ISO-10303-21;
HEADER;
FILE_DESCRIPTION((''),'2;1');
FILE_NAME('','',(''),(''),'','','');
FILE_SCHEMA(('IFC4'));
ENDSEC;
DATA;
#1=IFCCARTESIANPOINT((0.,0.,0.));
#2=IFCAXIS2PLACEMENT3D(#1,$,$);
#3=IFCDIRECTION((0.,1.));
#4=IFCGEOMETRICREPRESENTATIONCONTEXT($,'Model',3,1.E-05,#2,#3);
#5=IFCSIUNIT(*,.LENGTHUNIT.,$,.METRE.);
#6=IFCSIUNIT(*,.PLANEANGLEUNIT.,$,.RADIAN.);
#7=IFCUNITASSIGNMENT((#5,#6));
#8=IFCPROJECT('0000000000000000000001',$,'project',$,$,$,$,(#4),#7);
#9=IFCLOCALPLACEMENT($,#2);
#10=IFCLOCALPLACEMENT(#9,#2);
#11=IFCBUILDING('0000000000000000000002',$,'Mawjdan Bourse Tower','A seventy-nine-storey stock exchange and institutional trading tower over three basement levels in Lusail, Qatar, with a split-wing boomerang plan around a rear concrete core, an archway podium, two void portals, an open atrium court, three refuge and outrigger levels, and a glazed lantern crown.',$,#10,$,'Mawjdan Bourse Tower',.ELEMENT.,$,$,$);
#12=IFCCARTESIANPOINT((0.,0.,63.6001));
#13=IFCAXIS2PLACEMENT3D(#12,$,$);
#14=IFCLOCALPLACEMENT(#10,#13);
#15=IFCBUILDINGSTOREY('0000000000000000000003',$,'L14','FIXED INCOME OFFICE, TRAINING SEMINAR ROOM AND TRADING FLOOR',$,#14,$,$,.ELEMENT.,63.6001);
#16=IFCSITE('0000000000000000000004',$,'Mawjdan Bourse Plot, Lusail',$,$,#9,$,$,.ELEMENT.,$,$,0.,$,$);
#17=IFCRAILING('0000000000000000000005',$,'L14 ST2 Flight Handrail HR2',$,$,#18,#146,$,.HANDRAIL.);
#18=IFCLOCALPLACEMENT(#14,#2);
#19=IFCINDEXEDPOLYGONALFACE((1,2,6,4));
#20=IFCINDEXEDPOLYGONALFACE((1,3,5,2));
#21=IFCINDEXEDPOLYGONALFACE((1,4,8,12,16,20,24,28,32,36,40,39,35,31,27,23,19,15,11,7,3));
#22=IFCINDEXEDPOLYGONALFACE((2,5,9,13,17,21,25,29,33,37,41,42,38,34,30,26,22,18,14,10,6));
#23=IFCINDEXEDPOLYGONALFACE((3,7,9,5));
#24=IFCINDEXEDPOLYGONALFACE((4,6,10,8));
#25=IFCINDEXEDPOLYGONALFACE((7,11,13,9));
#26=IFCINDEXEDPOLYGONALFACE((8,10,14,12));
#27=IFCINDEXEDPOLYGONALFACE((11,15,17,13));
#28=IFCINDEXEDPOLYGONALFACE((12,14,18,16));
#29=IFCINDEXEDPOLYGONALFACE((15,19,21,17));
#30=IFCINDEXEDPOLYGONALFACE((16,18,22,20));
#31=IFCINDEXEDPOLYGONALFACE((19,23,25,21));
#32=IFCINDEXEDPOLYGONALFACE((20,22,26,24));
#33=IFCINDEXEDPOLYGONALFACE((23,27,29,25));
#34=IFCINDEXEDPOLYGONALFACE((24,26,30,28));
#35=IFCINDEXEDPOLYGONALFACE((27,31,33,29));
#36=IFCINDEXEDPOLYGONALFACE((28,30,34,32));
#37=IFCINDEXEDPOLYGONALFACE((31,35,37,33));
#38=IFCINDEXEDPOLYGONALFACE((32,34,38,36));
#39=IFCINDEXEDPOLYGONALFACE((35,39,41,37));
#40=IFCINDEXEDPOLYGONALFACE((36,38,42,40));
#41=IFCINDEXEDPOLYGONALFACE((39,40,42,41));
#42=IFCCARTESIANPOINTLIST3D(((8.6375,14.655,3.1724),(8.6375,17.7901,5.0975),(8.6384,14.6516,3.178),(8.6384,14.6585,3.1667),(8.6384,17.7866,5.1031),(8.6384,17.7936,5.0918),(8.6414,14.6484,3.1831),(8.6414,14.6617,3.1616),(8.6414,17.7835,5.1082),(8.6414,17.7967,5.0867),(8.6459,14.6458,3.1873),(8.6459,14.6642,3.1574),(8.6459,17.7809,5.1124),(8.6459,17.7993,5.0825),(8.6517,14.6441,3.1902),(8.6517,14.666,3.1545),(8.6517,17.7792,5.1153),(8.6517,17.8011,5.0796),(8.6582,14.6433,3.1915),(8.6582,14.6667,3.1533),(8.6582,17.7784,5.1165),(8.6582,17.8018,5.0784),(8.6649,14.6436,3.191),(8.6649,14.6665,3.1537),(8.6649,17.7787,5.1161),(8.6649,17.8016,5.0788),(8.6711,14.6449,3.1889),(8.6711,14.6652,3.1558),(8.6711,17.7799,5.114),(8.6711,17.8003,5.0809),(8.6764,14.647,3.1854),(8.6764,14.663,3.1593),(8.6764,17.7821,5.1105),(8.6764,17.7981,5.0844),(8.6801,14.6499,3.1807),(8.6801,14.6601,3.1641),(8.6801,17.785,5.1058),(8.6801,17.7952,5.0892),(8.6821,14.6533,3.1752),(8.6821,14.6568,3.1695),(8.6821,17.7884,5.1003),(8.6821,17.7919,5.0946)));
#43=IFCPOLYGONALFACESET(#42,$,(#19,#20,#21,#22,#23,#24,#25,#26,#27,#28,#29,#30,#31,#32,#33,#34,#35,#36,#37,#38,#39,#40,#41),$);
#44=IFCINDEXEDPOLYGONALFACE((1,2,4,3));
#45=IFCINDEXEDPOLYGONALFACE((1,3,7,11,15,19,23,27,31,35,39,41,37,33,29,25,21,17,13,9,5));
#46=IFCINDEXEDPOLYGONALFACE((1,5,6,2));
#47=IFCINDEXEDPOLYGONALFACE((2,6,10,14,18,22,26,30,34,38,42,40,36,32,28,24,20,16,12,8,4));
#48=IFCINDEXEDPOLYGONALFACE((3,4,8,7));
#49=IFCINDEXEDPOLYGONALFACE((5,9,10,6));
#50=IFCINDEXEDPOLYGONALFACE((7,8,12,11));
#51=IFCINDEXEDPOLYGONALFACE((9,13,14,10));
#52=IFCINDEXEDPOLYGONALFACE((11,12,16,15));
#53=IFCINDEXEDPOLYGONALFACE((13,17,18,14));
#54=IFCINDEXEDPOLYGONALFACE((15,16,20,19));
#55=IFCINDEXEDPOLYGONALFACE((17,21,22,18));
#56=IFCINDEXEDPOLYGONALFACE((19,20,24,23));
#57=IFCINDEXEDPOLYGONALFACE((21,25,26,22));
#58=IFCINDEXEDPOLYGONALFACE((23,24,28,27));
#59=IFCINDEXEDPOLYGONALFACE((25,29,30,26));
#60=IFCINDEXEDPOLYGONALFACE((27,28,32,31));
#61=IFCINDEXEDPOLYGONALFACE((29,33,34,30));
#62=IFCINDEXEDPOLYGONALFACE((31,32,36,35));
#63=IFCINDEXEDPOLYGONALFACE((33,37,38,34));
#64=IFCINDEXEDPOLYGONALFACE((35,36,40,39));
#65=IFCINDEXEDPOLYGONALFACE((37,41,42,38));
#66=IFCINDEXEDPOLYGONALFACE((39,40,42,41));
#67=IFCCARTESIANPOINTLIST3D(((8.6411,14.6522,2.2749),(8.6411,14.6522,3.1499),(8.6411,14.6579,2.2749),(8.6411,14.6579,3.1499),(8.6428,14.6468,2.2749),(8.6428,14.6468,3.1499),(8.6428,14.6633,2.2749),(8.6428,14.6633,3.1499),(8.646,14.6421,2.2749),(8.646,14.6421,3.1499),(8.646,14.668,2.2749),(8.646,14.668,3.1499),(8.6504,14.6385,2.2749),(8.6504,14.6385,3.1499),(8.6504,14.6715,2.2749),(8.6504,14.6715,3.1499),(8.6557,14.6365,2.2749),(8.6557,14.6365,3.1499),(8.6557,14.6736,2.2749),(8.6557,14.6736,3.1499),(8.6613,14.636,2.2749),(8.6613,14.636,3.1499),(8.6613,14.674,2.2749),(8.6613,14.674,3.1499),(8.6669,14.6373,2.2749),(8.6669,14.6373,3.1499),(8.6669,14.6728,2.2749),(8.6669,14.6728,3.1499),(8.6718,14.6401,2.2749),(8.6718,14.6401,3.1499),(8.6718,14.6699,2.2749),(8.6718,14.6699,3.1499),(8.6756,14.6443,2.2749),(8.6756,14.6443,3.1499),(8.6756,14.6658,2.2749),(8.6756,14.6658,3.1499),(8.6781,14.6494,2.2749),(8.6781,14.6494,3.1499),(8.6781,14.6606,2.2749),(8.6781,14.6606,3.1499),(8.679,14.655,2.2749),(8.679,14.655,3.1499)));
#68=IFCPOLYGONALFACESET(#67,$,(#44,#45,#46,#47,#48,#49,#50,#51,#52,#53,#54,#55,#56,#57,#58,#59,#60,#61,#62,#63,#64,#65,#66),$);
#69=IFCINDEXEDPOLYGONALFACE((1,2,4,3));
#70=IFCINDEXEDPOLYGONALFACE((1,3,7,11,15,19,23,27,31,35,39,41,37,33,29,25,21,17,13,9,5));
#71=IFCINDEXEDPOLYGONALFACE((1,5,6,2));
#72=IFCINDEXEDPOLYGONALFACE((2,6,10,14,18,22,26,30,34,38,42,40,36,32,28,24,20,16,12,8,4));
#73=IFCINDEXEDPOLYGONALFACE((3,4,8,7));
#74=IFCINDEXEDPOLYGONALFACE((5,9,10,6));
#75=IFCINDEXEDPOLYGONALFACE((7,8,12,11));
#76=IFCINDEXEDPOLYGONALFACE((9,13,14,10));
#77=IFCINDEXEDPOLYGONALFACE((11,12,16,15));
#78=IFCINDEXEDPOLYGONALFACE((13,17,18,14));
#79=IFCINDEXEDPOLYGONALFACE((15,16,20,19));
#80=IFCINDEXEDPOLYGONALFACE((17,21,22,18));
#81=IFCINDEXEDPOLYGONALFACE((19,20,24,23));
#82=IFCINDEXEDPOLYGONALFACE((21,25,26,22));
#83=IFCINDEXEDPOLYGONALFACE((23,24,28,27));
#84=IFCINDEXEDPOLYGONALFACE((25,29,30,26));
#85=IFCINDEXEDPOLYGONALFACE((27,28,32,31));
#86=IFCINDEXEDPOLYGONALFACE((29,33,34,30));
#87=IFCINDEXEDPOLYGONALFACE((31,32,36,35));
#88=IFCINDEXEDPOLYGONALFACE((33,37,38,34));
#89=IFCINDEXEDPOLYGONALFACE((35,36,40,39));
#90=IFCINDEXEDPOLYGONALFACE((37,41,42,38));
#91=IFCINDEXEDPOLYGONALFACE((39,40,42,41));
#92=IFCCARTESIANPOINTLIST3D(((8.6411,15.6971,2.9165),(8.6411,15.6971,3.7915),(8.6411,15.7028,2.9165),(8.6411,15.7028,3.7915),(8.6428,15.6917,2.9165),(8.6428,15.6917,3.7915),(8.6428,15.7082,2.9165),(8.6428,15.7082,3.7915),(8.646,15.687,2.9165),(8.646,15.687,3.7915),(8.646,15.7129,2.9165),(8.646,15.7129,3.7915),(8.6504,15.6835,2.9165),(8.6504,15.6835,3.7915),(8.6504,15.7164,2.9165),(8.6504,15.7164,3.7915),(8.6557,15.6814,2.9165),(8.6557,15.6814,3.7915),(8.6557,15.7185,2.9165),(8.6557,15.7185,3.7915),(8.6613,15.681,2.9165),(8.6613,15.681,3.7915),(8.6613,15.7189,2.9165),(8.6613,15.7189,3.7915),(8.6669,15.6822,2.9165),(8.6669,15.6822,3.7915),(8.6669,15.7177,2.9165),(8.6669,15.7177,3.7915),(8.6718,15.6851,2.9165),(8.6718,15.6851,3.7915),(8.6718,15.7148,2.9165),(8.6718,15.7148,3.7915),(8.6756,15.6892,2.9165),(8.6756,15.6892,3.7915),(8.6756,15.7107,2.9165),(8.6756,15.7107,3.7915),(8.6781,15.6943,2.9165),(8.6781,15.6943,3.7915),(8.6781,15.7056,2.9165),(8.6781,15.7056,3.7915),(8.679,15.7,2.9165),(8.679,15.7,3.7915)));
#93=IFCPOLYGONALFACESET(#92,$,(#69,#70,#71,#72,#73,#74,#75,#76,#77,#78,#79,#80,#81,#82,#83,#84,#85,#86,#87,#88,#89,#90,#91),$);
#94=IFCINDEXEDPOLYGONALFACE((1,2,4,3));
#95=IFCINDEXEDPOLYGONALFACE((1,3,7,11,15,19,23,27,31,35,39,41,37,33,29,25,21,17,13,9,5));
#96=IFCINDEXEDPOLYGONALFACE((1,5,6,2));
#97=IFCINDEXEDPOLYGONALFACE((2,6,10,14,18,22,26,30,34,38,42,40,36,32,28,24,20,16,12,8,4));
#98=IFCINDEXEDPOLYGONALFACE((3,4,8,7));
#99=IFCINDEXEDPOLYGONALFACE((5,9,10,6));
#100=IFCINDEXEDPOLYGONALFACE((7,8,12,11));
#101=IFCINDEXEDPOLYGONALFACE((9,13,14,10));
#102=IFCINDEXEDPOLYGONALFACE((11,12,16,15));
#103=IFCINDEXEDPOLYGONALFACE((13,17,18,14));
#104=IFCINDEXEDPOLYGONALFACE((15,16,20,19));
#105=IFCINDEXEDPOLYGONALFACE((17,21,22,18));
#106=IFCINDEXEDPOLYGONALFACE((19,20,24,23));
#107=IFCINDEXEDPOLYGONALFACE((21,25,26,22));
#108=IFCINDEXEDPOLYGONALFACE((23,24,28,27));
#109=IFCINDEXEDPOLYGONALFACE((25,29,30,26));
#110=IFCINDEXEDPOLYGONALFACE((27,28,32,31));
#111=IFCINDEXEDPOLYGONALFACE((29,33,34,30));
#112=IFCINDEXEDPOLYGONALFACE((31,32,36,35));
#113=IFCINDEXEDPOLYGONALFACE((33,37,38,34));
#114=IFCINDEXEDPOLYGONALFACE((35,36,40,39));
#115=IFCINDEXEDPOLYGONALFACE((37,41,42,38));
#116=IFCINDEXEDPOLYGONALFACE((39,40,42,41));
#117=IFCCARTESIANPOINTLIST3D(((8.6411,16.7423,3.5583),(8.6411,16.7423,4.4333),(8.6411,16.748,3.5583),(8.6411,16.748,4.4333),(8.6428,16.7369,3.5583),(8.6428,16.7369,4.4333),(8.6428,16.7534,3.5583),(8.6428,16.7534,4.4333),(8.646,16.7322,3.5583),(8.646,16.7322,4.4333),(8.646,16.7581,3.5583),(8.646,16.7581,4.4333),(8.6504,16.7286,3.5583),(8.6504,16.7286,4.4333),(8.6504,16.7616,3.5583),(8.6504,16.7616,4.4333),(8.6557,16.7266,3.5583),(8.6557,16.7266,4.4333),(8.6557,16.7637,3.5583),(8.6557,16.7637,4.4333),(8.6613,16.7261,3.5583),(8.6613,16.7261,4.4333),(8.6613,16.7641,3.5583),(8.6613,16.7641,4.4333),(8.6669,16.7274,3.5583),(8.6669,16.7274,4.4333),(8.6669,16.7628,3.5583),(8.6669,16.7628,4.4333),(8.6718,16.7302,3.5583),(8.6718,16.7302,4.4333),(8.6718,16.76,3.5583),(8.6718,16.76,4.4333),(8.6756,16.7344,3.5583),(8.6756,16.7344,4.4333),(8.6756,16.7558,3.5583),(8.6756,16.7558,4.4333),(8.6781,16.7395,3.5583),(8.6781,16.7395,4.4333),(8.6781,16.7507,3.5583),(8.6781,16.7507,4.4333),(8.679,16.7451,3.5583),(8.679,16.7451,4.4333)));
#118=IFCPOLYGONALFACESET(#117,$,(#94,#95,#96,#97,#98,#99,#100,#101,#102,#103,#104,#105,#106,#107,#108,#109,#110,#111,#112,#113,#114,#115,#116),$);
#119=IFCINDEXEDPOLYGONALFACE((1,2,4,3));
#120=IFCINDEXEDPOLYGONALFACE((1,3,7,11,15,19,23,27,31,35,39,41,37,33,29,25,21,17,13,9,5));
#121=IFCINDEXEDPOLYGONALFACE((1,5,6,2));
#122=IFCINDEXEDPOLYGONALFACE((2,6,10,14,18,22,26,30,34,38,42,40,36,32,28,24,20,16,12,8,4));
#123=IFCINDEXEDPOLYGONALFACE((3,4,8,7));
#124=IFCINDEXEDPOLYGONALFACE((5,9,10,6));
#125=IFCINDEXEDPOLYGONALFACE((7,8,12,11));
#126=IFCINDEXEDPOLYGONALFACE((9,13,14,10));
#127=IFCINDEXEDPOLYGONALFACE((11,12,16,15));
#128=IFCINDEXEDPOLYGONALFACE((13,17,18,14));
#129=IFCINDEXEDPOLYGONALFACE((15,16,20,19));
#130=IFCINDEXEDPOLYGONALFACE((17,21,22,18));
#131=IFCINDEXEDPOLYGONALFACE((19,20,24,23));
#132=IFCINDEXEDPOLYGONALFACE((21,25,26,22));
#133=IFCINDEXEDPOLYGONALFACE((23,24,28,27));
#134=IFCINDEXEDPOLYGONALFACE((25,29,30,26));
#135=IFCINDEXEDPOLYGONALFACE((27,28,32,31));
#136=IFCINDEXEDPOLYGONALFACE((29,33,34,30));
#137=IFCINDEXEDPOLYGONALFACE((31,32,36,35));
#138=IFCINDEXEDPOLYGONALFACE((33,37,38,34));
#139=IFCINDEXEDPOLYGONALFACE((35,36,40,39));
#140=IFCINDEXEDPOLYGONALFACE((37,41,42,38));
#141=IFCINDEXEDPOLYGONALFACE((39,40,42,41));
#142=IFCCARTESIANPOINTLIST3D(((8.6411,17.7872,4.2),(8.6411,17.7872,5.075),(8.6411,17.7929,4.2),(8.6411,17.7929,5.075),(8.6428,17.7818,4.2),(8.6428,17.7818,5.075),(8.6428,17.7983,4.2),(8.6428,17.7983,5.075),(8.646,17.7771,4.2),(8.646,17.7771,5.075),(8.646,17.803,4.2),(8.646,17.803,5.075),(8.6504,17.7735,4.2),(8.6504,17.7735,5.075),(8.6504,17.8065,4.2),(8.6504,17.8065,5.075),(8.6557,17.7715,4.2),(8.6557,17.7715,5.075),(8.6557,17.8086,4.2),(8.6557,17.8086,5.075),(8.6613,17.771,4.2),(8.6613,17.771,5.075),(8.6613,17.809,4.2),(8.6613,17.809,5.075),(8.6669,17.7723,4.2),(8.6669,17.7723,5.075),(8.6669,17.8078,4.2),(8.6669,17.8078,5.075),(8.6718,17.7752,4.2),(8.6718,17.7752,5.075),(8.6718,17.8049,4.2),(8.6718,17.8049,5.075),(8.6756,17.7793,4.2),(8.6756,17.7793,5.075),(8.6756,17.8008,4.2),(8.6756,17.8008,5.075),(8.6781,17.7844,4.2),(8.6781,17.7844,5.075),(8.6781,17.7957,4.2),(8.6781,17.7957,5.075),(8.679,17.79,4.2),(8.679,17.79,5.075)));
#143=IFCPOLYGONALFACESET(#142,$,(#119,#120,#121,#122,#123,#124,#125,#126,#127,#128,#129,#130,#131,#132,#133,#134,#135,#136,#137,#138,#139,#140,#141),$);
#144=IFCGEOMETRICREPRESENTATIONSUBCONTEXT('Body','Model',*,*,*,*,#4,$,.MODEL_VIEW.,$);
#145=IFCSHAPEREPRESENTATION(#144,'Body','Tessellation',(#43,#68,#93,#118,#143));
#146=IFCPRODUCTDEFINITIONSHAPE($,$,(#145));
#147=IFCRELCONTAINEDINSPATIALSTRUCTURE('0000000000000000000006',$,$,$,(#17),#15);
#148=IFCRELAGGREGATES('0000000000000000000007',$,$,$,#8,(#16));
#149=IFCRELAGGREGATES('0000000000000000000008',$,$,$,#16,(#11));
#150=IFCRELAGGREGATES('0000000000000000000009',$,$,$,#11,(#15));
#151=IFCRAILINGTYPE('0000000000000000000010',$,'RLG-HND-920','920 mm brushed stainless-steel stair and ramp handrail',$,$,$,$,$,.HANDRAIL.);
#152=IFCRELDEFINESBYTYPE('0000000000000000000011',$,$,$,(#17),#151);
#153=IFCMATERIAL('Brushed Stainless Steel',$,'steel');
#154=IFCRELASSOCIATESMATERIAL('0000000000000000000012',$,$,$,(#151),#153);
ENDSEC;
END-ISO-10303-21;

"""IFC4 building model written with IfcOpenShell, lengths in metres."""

from ifc_helpers import new_model, si_unit, direction, frame, origin, origin_2d, place, context, subcontext, project, spatial, circle, extrude, material, type_object, element, save


model = new_model("IFC4")

# Units and contexts
model_context = context("Model", 3, precision=1e-05, world=origin(), true_north=direction((0.0, 1.0)))
body_context = subcontext(model_context, "Body", "Model", "MODEL_VIEW")
ifc_project = project(units=[si_unit("LENGTHUNIT", "METRE"), si_unit("PLANEANGLEUNIT", "RADIAN")], contexts=[model_context])

# Site, building, storey
site_placement = place(None, origin())
site = spatial("IfcSite", under=ifc_project, at=site_placement, Name="Mawjdan Bourse Plot, Lusail", CompositionType="ELEMENT", RefElevation=0.0)
building_placement = place(site_placement, origin())
building = spatial("IfcBuilding", under=site, at=building_placement, Name="Mawjdan Bourse Tower", Description="A seventy-nine-storey stock exchange and institutional trading tower over three basement levels in Lusail, Qatar, with a split-wing boomerang plan around a rear concrete core, an archway podium, two void portals, an open atrium court, three refuge and outrigger levels, and a glazed lantern crown.", LongName="Mawjdan Bourse Tower", CompositionType="ELEMENT")
storey_placement = place(building_placement, frame((0.0, 0.0, 63.6001)))
storey = spatial("IfcBuildingStorey", under=building, at=storey_placement, Name="L14", Description="FIXED INCOME OFFICE, TRAINING SEMINAR ROOM AND TRADING FLOOR", CompositionType="ELEMENT", Elevation=63.6001)

# Railing
ifc_material_1 = material(Name="Brushed Stainless Steel", Category="steel")
railing_type_1 = type_object("IfcRailingType", Name="RLG-HND-920", Description="920 mm brushed stainless-steel stair and ramp handrail", PredefinedType="HANDRAIL", material=ifc_material_1)
railing_1_placement = place(storey_placement, frame((8.6599, 14.655, 2.2749)))
element("IfcRailing", 1, at=railing_1_placement, inside=storey, type_object=railing_type_1, Name="L14 ST2 Flight Handrail HR2", PredefinedType="HANDRAIL", context=body_context, shape_type="SweptSolid", body=[
    extrude(circle(Radius=0.0225, at=origin_2d()), frame((0.0, 0.0, 0.8975), z_axis=(0.0, 0.852166, 0.523271), x_axis=(-1.0, 0.0, 0.0)), (0.0, 0.0, 1.0), 3.679),
    extrude(circle(Radius=0.019, at=origin_2d()), origin(), (0.0, 0.0, 1.0), 0.875),
    extrude(circle(Radius=0.019, at=origin_2d()), frame((0.0, 1.0449, 0.6416)), (0.0, 0.0, 1.0), 0.875),
    extrude(circle(Radius=0.019, at=origin_2d()), frame((0.0, 2.0901, 1.2834)), (0.0, 0.0, 1.0), 0.875),
    extrude(circle(Radius=0.019, at=origin_2d()), frame((0.0, 3.135, 1.925)), (0.0, 0.0, 1.0), 0.875),
])

save(model, "model.ifc")
